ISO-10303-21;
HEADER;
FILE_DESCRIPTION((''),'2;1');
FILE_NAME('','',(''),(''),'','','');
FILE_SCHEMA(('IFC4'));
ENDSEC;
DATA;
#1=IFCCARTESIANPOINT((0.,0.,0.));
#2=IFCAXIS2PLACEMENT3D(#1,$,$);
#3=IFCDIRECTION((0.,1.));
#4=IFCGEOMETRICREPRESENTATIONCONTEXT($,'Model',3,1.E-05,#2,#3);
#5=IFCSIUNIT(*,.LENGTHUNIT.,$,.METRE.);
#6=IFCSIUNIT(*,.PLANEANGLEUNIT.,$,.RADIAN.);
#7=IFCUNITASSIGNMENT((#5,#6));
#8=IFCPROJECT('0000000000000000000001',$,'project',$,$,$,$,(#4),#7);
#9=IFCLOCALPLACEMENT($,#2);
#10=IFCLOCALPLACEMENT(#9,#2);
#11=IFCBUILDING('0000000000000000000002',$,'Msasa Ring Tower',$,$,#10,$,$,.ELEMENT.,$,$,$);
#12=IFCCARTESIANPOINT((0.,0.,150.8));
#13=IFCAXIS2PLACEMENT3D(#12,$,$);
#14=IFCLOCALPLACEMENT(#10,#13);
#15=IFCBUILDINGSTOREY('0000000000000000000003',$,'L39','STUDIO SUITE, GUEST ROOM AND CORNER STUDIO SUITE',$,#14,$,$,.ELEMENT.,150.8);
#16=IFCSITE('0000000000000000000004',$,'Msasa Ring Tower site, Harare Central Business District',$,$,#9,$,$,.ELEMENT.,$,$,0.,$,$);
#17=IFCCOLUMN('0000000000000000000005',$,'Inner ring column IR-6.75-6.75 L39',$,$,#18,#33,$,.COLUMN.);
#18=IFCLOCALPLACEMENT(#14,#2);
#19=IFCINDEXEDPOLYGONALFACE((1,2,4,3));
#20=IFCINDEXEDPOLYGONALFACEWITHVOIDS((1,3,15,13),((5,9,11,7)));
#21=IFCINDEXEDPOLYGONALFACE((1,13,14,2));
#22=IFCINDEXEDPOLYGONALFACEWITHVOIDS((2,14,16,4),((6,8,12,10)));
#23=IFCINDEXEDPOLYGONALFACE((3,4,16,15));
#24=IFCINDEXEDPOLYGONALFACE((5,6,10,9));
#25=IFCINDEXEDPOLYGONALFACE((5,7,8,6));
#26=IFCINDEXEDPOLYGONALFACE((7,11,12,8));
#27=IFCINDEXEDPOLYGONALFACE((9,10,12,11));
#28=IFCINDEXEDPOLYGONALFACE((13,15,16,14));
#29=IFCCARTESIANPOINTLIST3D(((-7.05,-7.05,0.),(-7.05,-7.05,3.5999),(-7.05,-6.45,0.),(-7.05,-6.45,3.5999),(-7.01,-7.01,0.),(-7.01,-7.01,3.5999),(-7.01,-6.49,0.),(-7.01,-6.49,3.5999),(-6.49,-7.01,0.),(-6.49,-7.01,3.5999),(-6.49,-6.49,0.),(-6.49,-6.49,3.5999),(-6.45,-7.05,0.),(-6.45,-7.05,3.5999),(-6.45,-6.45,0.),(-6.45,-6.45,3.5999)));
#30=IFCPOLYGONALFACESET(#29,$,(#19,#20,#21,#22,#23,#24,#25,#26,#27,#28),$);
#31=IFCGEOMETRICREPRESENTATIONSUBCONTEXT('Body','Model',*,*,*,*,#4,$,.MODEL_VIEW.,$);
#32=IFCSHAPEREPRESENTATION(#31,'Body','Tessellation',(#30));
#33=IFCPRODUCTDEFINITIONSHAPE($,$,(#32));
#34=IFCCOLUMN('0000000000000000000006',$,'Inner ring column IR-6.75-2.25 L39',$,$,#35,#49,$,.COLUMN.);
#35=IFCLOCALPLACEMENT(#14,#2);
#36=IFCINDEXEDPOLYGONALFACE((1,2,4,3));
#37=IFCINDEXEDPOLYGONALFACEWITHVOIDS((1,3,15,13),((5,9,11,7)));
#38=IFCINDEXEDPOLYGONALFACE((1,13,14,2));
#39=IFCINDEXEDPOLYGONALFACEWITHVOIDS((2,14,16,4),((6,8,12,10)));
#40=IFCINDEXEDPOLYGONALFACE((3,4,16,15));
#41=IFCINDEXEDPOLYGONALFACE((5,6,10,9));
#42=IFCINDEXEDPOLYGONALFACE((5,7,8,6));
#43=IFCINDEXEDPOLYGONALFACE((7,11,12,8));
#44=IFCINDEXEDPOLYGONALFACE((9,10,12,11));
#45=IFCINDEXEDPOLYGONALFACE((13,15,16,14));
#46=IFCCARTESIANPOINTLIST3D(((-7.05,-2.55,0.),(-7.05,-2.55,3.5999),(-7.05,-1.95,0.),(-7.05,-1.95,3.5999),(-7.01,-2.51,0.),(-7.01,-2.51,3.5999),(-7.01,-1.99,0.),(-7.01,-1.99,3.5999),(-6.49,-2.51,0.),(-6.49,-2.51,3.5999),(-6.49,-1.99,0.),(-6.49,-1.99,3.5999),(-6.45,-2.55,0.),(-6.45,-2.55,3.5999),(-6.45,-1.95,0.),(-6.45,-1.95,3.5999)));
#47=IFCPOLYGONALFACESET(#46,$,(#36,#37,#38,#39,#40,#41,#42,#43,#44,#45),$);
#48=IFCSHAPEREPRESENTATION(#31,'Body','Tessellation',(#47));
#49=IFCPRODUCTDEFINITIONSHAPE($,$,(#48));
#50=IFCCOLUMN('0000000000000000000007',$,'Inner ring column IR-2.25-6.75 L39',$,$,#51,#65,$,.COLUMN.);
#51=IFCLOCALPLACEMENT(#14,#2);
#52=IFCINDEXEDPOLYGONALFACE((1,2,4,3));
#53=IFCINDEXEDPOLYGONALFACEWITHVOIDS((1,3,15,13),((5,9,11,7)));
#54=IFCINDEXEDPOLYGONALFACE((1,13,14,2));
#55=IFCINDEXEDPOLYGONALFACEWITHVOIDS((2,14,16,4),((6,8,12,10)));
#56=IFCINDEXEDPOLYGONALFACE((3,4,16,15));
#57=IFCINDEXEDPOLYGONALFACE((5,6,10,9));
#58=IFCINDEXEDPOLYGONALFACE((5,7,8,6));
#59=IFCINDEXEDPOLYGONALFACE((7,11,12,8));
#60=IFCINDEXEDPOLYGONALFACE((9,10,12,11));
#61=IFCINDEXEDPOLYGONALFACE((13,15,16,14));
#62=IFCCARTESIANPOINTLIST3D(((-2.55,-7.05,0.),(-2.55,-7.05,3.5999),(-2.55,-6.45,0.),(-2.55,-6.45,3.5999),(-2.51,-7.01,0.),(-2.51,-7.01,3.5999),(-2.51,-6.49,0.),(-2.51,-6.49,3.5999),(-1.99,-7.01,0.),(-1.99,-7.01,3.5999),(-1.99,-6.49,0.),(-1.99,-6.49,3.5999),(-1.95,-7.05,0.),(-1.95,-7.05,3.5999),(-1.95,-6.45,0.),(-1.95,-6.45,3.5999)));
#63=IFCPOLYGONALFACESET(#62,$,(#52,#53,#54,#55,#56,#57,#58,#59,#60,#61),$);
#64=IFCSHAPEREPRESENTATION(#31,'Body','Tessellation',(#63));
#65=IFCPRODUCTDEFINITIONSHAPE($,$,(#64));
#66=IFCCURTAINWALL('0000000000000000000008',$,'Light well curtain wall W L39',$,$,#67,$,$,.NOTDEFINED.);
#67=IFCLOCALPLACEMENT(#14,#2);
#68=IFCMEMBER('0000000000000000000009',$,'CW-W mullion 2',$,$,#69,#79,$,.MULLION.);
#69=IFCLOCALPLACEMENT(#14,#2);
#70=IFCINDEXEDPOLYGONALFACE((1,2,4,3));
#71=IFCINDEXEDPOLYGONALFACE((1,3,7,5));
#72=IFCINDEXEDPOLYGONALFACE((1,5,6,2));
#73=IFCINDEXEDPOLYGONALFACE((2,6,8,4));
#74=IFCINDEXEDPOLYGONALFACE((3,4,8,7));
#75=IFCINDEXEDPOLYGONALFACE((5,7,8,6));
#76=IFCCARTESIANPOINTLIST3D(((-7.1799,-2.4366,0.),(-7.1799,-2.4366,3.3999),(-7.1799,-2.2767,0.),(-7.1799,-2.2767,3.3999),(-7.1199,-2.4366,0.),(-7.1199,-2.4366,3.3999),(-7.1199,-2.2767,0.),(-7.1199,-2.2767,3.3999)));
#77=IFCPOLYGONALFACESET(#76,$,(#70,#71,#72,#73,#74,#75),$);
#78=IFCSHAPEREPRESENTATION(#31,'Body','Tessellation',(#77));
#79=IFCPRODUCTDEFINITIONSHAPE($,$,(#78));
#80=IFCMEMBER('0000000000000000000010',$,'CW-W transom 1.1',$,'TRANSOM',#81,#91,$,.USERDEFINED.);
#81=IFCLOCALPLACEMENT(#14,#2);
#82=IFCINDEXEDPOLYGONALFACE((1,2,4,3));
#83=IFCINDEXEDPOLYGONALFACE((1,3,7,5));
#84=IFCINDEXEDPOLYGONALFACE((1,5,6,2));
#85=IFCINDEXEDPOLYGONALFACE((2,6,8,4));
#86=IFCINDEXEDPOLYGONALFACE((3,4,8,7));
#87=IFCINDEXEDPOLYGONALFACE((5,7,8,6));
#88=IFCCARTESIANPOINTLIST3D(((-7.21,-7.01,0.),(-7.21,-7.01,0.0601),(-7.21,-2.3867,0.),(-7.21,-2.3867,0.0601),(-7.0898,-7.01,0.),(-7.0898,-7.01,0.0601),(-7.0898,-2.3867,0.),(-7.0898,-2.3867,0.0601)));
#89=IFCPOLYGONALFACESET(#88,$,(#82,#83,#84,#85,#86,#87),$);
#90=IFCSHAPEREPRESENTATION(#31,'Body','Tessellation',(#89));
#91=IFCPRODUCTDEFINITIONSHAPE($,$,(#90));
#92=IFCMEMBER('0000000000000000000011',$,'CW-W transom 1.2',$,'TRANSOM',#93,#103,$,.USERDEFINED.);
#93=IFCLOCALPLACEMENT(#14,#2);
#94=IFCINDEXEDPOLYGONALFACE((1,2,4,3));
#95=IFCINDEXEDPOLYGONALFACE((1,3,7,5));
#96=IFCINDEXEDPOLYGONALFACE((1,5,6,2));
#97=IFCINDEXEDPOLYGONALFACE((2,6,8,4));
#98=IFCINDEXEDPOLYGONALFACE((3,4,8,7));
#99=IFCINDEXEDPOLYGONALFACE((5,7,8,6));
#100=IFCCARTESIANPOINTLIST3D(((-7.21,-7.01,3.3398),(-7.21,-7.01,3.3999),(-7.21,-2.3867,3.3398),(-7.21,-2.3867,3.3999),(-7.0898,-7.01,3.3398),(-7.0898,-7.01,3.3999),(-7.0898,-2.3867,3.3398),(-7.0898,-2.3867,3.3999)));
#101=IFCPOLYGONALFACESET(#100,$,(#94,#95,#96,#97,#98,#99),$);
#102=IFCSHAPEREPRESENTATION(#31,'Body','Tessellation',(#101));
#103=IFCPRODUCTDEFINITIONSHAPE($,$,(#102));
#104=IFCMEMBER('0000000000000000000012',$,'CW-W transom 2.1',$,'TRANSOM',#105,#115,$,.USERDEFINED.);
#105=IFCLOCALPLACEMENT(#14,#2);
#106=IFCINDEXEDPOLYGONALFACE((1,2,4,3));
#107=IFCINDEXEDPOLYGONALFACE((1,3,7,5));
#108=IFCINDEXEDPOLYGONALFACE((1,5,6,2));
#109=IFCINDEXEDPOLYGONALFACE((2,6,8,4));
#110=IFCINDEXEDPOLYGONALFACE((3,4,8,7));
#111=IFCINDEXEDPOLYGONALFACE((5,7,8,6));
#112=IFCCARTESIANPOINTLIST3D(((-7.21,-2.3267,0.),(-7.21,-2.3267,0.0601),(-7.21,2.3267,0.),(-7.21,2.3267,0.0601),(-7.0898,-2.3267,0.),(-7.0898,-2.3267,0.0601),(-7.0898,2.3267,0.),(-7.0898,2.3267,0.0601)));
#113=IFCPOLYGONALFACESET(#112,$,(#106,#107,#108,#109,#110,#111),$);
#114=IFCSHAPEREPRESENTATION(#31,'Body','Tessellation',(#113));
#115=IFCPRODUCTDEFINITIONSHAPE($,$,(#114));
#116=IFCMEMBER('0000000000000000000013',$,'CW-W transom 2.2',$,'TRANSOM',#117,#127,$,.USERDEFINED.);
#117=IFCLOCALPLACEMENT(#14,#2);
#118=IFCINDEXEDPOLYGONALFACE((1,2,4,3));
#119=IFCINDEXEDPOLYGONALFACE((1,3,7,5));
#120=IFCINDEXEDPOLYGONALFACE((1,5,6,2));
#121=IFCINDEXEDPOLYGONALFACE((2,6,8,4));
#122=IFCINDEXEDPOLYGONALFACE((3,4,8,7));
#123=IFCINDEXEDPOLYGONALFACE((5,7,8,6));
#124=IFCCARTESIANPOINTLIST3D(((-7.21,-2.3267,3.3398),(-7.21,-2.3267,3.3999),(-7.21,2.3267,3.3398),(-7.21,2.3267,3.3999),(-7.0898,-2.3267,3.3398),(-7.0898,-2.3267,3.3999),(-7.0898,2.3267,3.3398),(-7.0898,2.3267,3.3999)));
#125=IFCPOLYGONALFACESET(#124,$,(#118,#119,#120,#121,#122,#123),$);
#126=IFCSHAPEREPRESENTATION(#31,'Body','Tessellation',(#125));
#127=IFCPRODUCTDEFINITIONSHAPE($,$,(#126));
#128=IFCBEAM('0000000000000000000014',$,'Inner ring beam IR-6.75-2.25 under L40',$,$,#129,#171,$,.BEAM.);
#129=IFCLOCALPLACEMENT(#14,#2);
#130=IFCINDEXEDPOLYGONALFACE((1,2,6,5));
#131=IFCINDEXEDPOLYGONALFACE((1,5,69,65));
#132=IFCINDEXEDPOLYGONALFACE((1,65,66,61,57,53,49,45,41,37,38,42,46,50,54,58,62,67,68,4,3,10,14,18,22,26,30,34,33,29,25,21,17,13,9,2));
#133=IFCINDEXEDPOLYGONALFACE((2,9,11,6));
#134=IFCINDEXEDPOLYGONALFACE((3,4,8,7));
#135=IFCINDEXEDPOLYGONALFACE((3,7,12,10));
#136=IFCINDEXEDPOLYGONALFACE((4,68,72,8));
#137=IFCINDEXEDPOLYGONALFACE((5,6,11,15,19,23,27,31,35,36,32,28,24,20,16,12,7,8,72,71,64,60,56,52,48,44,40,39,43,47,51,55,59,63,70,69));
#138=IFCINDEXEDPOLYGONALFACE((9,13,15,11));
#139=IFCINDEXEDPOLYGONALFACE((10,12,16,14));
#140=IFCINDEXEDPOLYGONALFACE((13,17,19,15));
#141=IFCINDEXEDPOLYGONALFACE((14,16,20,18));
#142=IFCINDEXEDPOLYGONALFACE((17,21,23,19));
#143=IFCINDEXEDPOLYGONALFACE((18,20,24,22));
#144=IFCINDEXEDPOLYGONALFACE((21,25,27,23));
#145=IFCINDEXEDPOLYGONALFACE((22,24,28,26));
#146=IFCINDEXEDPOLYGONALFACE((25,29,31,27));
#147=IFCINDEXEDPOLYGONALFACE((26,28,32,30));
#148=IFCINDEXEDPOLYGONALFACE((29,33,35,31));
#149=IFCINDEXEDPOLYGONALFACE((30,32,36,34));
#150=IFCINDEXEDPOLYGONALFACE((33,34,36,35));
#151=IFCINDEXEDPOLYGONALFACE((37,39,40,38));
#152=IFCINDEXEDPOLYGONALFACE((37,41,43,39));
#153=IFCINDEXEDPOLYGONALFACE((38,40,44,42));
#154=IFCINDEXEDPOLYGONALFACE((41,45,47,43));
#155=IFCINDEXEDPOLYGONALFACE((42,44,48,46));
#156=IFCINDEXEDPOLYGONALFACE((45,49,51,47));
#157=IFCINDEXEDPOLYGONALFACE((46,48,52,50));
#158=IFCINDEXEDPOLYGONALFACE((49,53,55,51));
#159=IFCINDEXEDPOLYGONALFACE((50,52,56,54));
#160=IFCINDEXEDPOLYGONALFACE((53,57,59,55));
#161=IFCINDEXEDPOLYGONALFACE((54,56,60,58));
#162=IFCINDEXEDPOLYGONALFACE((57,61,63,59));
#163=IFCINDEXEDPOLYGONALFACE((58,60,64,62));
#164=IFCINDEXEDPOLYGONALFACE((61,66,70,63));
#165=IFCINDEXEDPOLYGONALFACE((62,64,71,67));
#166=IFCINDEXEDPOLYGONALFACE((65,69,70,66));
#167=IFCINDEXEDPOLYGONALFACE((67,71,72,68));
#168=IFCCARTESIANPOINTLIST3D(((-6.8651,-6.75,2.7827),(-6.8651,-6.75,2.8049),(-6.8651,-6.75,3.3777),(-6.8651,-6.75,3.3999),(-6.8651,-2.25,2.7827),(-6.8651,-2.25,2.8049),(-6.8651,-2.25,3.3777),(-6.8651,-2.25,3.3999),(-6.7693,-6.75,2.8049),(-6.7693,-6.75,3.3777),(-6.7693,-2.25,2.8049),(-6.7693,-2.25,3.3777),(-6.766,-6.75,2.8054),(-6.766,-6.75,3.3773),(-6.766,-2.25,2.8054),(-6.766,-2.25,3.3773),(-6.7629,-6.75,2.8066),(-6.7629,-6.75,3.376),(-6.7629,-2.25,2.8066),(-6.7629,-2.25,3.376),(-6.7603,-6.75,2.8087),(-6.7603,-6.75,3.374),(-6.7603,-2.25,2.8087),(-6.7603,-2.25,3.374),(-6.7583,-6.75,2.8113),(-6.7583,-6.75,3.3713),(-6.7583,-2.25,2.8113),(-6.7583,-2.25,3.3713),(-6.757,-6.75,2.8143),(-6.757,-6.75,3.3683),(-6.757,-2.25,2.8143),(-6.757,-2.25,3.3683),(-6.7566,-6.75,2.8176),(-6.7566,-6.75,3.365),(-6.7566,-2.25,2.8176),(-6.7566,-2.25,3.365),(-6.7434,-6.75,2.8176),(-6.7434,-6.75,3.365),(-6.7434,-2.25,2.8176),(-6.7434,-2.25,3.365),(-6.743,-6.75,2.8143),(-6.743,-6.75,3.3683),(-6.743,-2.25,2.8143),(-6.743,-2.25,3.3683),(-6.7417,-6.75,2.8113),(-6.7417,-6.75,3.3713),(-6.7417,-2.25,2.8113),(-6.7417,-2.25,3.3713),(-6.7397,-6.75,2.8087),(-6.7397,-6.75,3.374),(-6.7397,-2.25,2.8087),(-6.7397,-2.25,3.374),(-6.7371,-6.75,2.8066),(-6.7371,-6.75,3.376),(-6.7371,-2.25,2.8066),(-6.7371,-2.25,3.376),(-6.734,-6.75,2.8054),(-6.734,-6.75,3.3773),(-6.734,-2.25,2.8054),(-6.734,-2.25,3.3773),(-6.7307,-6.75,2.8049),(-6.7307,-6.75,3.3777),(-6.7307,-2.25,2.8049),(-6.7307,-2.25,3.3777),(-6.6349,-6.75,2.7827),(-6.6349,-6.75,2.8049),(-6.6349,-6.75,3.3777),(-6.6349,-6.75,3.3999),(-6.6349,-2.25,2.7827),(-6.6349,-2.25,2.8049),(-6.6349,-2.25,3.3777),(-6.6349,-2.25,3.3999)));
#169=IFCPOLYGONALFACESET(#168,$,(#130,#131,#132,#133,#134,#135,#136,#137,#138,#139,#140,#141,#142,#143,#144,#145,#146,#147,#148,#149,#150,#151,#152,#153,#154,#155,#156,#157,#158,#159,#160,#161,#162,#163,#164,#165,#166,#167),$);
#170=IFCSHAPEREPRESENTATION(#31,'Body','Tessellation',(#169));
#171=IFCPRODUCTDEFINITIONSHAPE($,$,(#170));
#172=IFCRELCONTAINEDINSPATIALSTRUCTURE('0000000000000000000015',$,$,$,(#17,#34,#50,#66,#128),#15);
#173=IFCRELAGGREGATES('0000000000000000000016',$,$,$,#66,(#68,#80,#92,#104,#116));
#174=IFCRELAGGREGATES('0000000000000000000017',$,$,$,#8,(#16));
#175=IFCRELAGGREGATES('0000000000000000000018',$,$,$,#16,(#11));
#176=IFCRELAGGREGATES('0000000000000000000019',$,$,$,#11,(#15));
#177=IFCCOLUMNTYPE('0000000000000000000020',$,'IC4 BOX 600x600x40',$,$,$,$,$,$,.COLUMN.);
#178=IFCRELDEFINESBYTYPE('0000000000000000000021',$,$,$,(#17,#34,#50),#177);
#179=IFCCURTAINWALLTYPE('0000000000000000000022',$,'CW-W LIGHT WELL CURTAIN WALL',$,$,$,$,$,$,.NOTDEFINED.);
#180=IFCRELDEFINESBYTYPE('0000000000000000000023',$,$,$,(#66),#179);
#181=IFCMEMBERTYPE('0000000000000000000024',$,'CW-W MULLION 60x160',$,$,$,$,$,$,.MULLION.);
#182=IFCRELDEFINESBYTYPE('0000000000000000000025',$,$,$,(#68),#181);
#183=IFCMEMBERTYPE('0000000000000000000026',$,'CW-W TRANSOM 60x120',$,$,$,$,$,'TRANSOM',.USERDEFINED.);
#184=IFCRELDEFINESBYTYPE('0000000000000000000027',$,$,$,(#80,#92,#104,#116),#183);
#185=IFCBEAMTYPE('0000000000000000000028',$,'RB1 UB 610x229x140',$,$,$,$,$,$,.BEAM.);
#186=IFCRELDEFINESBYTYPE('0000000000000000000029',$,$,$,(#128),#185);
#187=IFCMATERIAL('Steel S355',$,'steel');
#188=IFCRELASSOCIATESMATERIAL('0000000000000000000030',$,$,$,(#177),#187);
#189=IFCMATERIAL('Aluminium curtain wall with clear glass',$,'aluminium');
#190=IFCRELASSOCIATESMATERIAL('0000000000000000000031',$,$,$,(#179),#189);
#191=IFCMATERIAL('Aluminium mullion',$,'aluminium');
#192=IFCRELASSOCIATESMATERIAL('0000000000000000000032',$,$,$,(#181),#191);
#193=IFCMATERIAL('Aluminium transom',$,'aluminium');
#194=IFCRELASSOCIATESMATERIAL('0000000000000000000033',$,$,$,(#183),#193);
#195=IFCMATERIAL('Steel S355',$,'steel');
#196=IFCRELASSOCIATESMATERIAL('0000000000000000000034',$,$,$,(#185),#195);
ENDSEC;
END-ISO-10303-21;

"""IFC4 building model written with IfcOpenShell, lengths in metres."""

from ifc_helpers import new_model, si_unit, direction, frame, origin, origin_2d, place, context, subcontext, project, spatial, rectangle, hollow_rectangle, i_section, extrude, material, material_profile, profile_set, type_object, element, aggregate, save


model = new_model("IFC4")

# Units and contexts
model_context = context("Model", 3, precision=1e-05, world=origin(), true_north=direction((0.0, 1.0)))
body_context = subcontext(model_context, "Body", "Model", "MODEL_VIEW")
ifc_project = project(units=[si_unit("LENGTHUNIT", "METRE"), si_unit("PLANEANGLEUNIT", "RADIAN")], contexts=[model_context])

# Site, building, storey
site_placement = place(None, origin())
site = spatial("IfcSite", under=ifc_project, at=site_placement, Name="Msasa Ring Tower site, Harare Central Business District", CompositionType="ELEMENT", RefElevation=0.0)
building_placement = place(site_placement, origin())
building = spatial("IfcBuilding", under=site, at=building_placement, Name="Msasa Ring Tower", CompositionType="ELEMENT")
storey_placement = place(building_placement, frame((0.0, 0.0, 150.8)))
storey = spatial("IfcBuildingStorey", under=building, at=storey_placement, Name="L39", Description="STUDIO SUITE, GUEST ROOM AND CORNER STUDIO SUITE", CompositionType="ELEMENT", Elevation=150.8)

# Columns
ifc_material_1 = material(Name="Steel S355", Category="steel")
ifc_material_profile_1 = material_profile(ifc_material_1, hollow_rectangle(XDim=0.6001, YDim=0.6001, WallThickness=0.04, at=origin_2d()), Name="BOX 600x600x40")
ifc_profile_set_1 = profile_set([ifc_material_profile_1], Name="Steel S355")
column_type = type_object("IfcColumnType", Name="IC4 BOX 600x600x40", PredefinedType="COLUMN", material=ifc_profile_set_1)
for number, where, z_axis, x_axis, name in (
    (1, (-6.75, -6.75, 0.0), (0.0, 0.0, 1.0), (1.0, 0.0, 0.0), "Inner ring column IR-6.75-6.75 L39"),
    (2, (-6.75, -2.25, 0.0), (0.0, 0.0, 1.0), (1.0, 0.0, 0.0), "Inner ring column IR-6.75-2.25 L39"),
    (3, (-2.25, -6.75, 0.0), (0.0, 0.0, 1.0), (1.0, 0.0, 0.0), "Inner ring column IR-2.25-6.75 L39"),
):
    element("IfcColumn", number, at=place(storey_placement, frame(where, z_axis=z_axis, x_axis=x_axis)), inside=storey, type_object=column_type, Name=name, PredefinedType="COLUMN", context=body_context, shape_type="SweptSolid", body=[
        extrude(hollow_rectangle(XDim=0.6001, YDim=0.6001, WallThickness=0.04, at=origin_2d()), origin(), (0.0, 0.0, 1.0), 3.5999),
    ])

# Curtain wall, members
ifc_material_2 = material(Name="Aluminium curtain wall with clear glass", Category="aluminium")
curtain_wall_type = type_object("IfcCurtainWallType", Name="CW-W LIGHT WELL CURTAIN WALL", PredefinedType="NOTDEFINED", material=ifc_material_2)
curtain_wall_1_placement = place(storey_placement, origin())
curtain_wall_1 = element("IfcCurtainWall", 4, at=curtain_wall_1_placement, inside=storey, type_object=curtain_wall_type, Name="Light well curtain wall W L39", PredefinedType="NOTDEFINED")
ifc_material_3 = material(Name="Aluminium mullion", Category="aluminium")
ifc_material_profile_2 = material_profile(ifc_material_3, rectangle(XDim=0.0601, YDim=0.1599, at=origin_2d()), Name="AL 60x160")
ifc_profile_set_2 = profile_set([ifc_material_profile_2], Name="Aluminium mullion")
member_type_1 = type_object("IfcMemberType", Name="CW-W MULLION 60x160", PredefinedType="MULLION", material=ifc_profile_set_2)
member_1_placement = place(storey_placement, frame((-7.1499, -2.3567, 0.0), z_axis=(0.0, 0.0, 1.0), x_axis=(-1.0, 0.0, 0.0)))
member_1 = element("IfcMember", 5, at=member_1_placement, type_object=member_type_1, Name="CW-W mullion 2", PredefinedType="MULLION", context=body_context, shape_type="SweptSolid", body=[
    extrude(rectangle(XDim=0.0601, YDim=0.1599, at=origin_2d()), origin(), (0.0, 0.0, 1.0), 3.3999),
])
ifc_material_4 = material(Name="Aluminium transom", Category="aluminium")
ifc_material_profile_3 = material_profile(ifc_material_4, rectangle(XDim=0.1201, YDim=0.0601, at=origin_2d()), Name="AL 60x120")
ifc_profile_set_3 = profile_set([ifc_material_profile_3], Name="Aluminium transom")
member_type_2 = type_object("IfcMemberType", Name="CW-W TRANSOM 60x120", ElementType="TRANSOM", PredefinedType="USERDEFINED", material=ifc_profile_set_3)
member_2_placement = place(storey_placement, frame((-7.1499, -7.01, 0.03), z_axis=(0.0, 1.0, 0.0), x_axis=(-1.0, 0.0, 0.0)))
member_2 = element("IfcMember", 6, at=member_2_placement, type_object=member_type_2, Name="CW-W transom 1.1", ObjectType="TRANSOM", PredefinedType="USERDEFINED", context=body_context, shape_type="SweptSolid", body=[
    extrude(rectangle(XDim=0.1201, YDim=0.0601, at=origin_2d()), origin(), (0.0, 0.0, 1.0), 4.6233),
])
member_3_placement = place(storey_placement, frame((-7.1499, -7.01, 3.3699), z_axis=(0.0, 1.0, 0.0), x_axis=(-1.0, 0.0, 0.0)))
member_3 = element("IfcMember", 7, at=member_3_placement, type_object=member_type_2, Name="CW-W transom 1.2", ObjectType="TRANSOM", PredefinedType="USERDEFINED", context=body_context, shape_type="SweptSolid", body=[
    extrude(rectangle(XDim=0.1201, YDim=0.0601, at=origin_2d()), origin(), (0.0, 0.0, 1.0), 4.6233),
])
member_4_placement = place(storey_placement, frame((-7.1499, -2.3267, 0.03), z_axis=(0.0, 1.0, 0.0), x_axis=(-1.0, 0.0, 0.0)))
member_4 = element("IfcMember", 8, at=member_4_placement, type_object=member_type_2, Name="CW-W transom 2.1", ObjectType="TRANSOM", PredefinedType="USERDEFINED", context=body_context, shape_type="SweptSolid", body=[
    extrude(rectangle(XDim=0.1201, YDim=0.0601, at=origin_2d()), origin(), (0.0, 0.0, 1.0), 4.6533),
])
member_5_placement = place(storey_placement, frame((-7.1499, -2.3267, 3.3699), z_axis=(0.0, 1.0, 0.0), x_axis=(-1.0, 0.0, 0.0)))
member_5 = element("IfcMember", 9, at=member_5_placement, type_object=member_type_2, Name="CW-W transom 2.2", ObjectType="TRANSOM", PredefinedType="USERDEFINED", context=body_context, shape_type="SweptSolid", body=[
    extrude(rectangle(XDim=0.1201, YDim=0.0601, at=origin_2d()), origin(), (0.0, 0.0, 1.0), 4.6533),
])

# Beam
ifc_material_5 = material(Name="Steel S355", Category="steel")
ifc_material_profile_4 = material_profile(ifc_material_5, i_section(OverallWidth=0.2302, OverallDepth=0.6172, WebThickness=0.0132, FlangeThickness=0.0222, FilletRadius=0.0127, at=origin_2d()), Name="UB 610x229x140")
ifc_profile_set_4 = profile_set([ifc_material_profile_4], Name="Steel S355")
beam_type = type_object("IfcBeamType", Name="RB1 UB 610x229x140", PredefinedType="BEAM", material=ifc_profile_set_4)
for number, where, z_axis, x_axis, name in (
    (10, (-6.75, -2.25, 3.0913), (0.0, -1.0, 0.0), (1.0, 0.0, 0.0), "Inner ring beam IR-6.75-2.25 under L40"),
):
    element("IfcBeam", number, at=place(storey_placement, frame(where, z_axis=z_axis, x_axis=x_axis)), inside=storey, type_object=beam_type, Name=name, PredefinedType="BEAM", context=body_context, shape_type="SweptSolid", body=[
        extrude(i_section(OverallWidth=0.2302, OverallDepth=0.6172, WebThickness=0.0132, FlangeThickness=0.0222, FilletRadius=0.0127, at=origin_2d()), origin(), (0.0, 0.0, 1.0), 4.5),
    ])

aggregate(curtain_wall_1, [member_1, member_2, member_3, member_4, member_5])

save(model, "model.ifc")
